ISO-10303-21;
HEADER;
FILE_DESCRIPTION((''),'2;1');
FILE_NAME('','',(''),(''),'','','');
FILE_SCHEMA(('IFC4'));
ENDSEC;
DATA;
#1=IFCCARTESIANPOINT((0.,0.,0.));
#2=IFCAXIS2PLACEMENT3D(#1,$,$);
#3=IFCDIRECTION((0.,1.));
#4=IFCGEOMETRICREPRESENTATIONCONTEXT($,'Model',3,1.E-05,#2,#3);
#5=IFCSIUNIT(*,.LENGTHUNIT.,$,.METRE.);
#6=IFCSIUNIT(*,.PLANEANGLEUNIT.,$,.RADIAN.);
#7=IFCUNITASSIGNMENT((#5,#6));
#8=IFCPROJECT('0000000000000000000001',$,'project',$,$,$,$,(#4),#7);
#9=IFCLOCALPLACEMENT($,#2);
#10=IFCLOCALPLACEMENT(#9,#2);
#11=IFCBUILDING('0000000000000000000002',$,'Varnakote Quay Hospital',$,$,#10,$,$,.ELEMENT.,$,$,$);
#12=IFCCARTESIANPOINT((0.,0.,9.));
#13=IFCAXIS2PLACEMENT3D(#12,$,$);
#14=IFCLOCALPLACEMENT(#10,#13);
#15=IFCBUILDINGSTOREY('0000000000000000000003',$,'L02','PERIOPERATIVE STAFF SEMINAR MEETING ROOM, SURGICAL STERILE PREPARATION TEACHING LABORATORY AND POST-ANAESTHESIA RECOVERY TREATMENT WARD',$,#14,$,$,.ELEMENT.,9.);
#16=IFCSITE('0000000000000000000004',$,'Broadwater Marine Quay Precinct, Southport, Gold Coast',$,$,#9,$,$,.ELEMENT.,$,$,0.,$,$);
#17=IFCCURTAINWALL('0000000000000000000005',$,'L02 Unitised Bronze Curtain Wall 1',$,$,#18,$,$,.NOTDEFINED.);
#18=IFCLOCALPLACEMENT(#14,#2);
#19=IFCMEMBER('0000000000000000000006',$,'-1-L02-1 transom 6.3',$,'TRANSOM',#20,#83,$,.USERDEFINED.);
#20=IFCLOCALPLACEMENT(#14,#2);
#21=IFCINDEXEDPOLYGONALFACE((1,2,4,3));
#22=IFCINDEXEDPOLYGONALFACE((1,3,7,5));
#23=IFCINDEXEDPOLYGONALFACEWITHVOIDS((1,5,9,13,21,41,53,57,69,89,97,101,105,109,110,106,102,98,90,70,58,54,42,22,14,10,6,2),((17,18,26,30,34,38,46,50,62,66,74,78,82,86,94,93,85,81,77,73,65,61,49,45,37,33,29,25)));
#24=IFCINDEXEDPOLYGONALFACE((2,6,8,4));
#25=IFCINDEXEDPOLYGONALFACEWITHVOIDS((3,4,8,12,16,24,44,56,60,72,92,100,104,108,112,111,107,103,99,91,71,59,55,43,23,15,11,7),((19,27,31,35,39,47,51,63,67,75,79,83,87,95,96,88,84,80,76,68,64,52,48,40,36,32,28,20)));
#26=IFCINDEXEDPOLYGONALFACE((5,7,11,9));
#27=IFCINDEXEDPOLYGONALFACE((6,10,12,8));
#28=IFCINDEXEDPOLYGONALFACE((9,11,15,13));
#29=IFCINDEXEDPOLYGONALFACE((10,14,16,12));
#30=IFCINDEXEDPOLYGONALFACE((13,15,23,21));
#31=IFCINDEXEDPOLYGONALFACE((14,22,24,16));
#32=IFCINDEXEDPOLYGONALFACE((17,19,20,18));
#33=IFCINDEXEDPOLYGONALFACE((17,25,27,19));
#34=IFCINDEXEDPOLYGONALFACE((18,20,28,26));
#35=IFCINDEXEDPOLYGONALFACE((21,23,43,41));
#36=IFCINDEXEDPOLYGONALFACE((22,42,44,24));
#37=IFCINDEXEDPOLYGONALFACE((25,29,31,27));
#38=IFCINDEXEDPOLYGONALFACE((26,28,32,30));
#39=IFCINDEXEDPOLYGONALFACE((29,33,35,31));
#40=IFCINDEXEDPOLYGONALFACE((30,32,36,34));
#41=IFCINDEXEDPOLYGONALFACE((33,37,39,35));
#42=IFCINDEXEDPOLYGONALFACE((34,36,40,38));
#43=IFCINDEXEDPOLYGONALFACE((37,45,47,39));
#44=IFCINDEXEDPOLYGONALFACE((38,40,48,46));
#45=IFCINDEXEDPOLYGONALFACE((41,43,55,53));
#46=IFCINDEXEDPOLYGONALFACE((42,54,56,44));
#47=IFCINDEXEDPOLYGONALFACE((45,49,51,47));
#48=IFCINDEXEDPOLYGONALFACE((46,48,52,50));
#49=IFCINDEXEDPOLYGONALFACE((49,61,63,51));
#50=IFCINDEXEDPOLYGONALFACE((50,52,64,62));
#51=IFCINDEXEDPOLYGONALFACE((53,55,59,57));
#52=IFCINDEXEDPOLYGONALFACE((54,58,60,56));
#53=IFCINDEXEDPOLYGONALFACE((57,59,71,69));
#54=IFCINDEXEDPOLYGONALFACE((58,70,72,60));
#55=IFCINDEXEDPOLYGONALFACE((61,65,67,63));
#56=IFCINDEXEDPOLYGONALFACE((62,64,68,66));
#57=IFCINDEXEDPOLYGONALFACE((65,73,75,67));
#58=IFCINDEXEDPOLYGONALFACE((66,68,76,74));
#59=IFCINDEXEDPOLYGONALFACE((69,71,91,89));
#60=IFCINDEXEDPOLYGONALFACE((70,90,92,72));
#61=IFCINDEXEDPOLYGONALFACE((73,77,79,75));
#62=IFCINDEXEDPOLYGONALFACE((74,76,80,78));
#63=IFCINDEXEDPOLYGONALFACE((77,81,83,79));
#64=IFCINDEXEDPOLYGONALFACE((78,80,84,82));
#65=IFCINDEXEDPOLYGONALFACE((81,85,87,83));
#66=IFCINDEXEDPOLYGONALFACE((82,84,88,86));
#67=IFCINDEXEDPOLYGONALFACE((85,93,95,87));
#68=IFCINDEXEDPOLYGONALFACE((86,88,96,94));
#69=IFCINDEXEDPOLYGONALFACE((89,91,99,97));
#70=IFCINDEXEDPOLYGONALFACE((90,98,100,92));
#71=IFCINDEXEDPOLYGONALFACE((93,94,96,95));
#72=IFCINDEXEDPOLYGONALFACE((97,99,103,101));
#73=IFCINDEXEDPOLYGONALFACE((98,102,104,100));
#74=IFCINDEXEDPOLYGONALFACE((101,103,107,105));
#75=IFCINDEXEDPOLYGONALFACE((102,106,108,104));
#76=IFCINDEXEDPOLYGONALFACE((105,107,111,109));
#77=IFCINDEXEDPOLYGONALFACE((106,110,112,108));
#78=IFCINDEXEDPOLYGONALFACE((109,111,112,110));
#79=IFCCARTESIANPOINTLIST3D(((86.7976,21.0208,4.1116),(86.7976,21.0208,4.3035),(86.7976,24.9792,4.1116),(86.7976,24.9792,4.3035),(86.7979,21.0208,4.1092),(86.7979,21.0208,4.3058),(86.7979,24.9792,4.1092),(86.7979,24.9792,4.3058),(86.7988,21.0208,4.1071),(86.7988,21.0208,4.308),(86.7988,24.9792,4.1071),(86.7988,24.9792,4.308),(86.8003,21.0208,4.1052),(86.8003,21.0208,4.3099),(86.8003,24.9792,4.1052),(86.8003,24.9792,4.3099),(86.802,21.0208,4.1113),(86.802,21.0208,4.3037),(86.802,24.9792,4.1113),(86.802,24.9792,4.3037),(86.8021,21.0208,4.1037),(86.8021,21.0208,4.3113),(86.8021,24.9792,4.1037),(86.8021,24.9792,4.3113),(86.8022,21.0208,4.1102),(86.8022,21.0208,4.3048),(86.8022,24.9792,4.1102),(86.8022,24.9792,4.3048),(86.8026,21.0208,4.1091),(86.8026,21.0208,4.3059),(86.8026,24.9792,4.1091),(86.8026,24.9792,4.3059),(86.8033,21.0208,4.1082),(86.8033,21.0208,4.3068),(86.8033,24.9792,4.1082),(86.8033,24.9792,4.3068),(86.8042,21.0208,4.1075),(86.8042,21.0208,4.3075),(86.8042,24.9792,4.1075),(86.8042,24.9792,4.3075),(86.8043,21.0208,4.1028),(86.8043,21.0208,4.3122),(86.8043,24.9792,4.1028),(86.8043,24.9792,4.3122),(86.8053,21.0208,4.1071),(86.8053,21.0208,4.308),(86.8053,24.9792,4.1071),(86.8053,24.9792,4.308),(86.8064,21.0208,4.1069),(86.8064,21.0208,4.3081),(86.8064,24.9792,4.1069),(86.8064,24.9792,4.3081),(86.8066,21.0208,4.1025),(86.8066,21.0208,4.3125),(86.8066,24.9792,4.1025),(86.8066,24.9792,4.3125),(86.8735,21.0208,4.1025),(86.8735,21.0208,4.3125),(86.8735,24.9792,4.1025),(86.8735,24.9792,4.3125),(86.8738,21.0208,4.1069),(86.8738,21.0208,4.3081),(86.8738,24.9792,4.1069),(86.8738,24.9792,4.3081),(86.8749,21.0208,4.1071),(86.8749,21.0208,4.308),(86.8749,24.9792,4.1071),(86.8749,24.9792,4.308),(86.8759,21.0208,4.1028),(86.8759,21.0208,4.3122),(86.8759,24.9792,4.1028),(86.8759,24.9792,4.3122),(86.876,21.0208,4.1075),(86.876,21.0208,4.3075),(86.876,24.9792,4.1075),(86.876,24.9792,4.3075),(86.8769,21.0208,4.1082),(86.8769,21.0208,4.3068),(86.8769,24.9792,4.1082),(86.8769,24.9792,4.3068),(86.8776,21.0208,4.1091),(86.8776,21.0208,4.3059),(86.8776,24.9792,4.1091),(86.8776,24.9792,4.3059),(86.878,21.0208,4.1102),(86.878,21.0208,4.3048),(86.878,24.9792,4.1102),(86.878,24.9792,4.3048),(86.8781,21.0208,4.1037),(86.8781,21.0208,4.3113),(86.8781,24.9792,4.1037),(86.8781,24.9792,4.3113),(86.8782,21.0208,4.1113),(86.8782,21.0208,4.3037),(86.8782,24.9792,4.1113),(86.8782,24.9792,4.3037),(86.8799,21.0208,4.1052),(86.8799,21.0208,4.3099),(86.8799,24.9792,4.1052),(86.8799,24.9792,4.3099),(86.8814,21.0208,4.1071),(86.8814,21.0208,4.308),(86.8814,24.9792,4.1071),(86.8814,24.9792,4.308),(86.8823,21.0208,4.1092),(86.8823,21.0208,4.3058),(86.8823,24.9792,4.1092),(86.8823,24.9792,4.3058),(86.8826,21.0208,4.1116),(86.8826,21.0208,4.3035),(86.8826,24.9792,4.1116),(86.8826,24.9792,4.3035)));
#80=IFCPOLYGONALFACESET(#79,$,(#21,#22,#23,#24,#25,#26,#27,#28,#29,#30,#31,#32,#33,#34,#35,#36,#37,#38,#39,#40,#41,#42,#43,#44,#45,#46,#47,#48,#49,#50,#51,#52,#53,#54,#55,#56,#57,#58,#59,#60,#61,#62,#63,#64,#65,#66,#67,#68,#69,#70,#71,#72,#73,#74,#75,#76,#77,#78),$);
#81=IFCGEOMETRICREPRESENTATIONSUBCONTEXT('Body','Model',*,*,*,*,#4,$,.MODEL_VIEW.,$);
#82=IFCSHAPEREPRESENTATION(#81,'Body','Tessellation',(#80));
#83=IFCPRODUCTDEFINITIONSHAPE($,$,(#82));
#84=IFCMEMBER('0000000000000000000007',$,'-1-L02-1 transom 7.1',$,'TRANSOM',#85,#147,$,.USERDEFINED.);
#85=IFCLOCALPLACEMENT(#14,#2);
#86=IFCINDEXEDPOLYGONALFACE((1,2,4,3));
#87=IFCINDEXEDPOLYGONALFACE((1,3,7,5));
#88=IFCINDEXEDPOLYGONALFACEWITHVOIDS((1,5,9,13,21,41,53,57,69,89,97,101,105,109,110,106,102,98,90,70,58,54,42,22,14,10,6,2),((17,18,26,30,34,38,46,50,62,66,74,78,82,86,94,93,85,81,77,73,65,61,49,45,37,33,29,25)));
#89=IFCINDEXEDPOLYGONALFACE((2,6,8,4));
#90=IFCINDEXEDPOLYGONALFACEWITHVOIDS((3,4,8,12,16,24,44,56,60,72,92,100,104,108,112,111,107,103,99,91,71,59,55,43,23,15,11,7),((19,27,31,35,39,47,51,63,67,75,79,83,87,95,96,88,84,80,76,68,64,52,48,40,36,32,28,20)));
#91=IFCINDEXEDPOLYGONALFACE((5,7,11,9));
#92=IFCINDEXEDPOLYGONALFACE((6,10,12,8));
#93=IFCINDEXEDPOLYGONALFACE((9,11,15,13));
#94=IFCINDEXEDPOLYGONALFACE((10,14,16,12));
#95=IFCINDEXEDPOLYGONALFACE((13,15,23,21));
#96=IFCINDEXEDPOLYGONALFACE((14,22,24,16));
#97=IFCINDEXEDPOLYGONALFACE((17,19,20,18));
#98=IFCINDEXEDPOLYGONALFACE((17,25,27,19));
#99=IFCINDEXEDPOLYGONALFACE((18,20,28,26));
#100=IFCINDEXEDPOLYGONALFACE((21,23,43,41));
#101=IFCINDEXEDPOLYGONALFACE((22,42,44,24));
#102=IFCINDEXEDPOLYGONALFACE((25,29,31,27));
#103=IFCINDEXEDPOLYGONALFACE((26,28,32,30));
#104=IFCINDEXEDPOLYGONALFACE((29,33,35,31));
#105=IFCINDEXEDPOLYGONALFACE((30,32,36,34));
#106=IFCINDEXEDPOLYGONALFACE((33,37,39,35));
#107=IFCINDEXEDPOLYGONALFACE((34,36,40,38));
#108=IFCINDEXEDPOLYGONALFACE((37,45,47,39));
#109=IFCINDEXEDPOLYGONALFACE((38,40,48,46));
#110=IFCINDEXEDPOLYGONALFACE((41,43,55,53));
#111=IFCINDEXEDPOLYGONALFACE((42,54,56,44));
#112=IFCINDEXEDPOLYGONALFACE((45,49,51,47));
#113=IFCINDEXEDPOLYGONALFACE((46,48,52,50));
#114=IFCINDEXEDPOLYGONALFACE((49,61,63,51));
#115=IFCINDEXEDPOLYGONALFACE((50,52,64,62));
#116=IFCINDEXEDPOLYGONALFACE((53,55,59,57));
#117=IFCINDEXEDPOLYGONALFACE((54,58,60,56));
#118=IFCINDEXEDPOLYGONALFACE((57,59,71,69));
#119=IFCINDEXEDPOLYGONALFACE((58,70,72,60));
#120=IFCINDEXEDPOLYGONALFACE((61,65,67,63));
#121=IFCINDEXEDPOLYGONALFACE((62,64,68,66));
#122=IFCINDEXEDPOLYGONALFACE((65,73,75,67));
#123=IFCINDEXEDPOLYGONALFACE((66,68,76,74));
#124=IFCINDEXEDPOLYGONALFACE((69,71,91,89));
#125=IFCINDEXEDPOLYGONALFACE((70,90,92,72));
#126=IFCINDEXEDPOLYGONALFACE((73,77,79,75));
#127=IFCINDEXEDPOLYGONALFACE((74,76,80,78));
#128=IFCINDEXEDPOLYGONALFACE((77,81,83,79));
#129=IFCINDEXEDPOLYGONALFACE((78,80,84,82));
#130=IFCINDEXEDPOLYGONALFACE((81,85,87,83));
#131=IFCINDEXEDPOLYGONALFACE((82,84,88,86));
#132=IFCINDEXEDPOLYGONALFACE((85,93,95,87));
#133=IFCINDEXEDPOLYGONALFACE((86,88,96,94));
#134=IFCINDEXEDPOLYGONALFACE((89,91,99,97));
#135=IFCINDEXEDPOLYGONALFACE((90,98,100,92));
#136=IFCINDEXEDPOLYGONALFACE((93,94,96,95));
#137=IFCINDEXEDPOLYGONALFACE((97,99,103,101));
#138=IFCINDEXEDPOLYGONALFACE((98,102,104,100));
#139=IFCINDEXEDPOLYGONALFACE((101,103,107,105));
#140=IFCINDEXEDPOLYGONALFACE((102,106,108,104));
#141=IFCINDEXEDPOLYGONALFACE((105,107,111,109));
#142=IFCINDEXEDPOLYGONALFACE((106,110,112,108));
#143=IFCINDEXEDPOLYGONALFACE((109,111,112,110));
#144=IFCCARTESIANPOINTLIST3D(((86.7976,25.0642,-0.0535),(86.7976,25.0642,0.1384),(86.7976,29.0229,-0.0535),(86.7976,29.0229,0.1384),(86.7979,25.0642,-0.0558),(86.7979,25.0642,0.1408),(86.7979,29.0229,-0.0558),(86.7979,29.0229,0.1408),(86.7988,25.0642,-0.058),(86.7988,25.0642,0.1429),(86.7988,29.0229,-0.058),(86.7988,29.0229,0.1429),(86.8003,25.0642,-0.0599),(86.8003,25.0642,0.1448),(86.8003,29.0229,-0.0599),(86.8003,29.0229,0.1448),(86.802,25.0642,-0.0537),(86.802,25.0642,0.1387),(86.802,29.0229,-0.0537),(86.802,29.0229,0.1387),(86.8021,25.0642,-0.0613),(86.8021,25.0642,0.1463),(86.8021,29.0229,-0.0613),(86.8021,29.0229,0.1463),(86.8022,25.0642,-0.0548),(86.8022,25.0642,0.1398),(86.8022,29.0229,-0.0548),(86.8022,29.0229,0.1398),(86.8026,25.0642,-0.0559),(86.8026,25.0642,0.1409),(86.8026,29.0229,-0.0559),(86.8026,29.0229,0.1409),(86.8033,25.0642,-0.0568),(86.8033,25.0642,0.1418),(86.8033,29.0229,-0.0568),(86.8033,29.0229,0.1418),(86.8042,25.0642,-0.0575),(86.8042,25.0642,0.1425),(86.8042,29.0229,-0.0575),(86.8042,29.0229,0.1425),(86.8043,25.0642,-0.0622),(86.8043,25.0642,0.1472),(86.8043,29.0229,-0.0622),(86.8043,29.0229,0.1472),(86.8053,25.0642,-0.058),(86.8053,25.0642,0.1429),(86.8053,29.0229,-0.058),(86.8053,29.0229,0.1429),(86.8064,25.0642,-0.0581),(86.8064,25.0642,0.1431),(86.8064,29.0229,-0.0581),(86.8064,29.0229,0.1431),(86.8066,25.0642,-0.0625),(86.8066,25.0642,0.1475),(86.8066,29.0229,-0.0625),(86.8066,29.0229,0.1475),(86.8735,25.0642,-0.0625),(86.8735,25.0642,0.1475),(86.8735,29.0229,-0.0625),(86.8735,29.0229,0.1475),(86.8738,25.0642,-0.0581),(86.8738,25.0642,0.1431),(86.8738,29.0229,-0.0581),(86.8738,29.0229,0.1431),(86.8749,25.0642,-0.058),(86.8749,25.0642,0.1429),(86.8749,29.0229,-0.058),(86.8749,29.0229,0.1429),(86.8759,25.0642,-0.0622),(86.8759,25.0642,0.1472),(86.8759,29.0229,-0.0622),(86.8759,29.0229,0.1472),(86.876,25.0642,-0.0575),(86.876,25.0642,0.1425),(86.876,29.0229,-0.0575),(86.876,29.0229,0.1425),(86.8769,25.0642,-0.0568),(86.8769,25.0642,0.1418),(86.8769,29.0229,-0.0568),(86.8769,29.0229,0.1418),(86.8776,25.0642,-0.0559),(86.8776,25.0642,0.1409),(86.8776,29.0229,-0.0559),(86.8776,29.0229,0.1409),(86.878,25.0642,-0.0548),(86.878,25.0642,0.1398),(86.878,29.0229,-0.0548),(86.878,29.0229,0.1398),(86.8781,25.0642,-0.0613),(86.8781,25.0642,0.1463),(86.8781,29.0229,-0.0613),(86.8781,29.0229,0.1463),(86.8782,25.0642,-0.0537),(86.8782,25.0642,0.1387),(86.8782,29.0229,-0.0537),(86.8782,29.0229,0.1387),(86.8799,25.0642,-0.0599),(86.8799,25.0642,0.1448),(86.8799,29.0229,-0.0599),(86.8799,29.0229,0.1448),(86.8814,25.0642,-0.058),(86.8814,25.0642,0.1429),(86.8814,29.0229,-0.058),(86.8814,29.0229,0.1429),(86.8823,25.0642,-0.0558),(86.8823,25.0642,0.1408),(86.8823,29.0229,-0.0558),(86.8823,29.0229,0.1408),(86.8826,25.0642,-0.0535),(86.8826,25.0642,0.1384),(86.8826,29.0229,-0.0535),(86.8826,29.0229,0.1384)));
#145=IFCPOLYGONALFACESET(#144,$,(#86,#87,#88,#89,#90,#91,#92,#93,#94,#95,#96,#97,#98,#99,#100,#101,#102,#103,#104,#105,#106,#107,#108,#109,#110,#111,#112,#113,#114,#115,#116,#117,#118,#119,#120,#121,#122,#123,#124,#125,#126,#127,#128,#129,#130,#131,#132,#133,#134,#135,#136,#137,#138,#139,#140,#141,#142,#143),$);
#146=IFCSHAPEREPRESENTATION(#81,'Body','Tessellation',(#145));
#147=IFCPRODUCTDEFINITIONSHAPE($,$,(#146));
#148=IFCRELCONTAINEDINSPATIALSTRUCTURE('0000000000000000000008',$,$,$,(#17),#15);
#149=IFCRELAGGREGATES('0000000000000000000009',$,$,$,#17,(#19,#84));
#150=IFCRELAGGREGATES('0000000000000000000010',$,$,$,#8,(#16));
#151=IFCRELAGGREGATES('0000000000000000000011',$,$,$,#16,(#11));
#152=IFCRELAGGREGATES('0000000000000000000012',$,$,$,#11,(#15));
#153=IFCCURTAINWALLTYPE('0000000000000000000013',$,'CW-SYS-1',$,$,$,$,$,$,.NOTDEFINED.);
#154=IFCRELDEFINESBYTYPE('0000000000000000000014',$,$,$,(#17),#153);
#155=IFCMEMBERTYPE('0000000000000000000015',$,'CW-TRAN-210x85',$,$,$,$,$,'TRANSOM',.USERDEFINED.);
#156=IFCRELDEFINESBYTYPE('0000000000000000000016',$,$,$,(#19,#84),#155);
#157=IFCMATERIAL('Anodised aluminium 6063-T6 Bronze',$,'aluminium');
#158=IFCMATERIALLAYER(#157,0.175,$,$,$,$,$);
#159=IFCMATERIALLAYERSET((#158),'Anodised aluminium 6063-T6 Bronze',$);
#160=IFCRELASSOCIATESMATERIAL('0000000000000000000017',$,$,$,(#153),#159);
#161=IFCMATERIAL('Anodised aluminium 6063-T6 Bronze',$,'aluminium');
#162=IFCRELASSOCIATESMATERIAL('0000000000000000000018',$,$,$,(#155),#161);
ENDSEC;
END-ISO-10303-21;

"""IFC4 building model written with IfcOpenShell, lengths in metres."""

from ifc_helpers import new_model, si_unit, direction, frame, origin, origin_2d, place, context, subcontext, project, spatial, hollow_rectangle, extrude, material, layer, layer_set, material_profile, profile_set, type_object, element, aggregate, save


model = new_model("IFC4")

# Units and contexts
model_context = context("Model", 3, precision=1e-05, world=origin(), true_north=direction((0.0, 1.0)))
body_context = subcontext(model_context, "Body", "Model", "MODEL_VIEW")
ifc_project = project(units=[si_unit("LENGTHUNIT", "METRE"), si_unit("PLANEANGLEUNIT", "RADIAN")], contexts=[model_context])

# Site, building, storey
site_placement = place(None, origin())
site = spatial("IfcSite", under=ifc_project, at=site_placement, Name="Broadwater Marine Quay Precinct, Southport, Gold Coast", CompositionType="ELEMENT", RefElevation=0.0)
building_placement = place(site_placement, origin())
building = spatial("IfcBuilding", under=site, at=building_placement, Name="Varnakote Quay Hospital", CompositionType="ELEMENT")
storey_placement = place(building_placement, frame((0.0, 0.0, 9.0)))
storey = spatial("IfcBuildingStorey", under=building, at=storey_placement, Name="L02", Description="PERIOPERATIVE STAFF SEMINAR MEETING ROOM, SURGICAL STERILE PREPARATION TEACHING LABORATORY AND POST-ANAESTHESIA RECOVERY TREATMENT WARD", CompositionType="ELEMENT", Elevation=9.0)

# Curtain wall, members
ifc_material_1 = material(Name="Anodised aluminium 6063-T6 Bronze", Category="aluminium")
ifc_layer_1 = layer(ifc_material_1, 0.175)
ifc_layer_set_1 = layer_set([ifc_layer_1], Name="Anodised aluminium 6063-T6 Bronze")
curtain_wall_type = type_object("IfcCurtainWallType", Name="CW-SYS-1", PredefinedType="NOTDEFINED", material=ifc_layer_set_1)
curtain_wall_placement = place(storey_placement, origin())
curtain_wall = element("IfcCurtainWall", 1, at=curtain_wall_placement, inside=storey, type_object=curtain_wall_type, Name="L02 Unitised Bronze Curtain Wall 1", PredefinedType="NOTDEFINED")
ifc_material_2 = material(Name="Anodised aluminium 6063-T6 Bronze", Category="aluminium")
ifc_material_profile_1 = material_profile(ifc_material_2, hollow_rectangle(XDim=0.085, YDim=0.21, WallThickness=0.0044, InnerFilletRadius=0.0044, OuterFilletRadius=0.009, at=origin_2d()), Name="CW-TRAN-210x85")
ifc_profile_set_1 = profile_set([ifc_material_profile_1], Name="Anodised aluminium 6063-T6 Bronze")
member_type_1 = type_object("IfcMemberType", Name="CW-TRAN-210x85", ElementType="TRANSOM", PredefinedType="USERDEFINED", material=ifc_profile_set_1)
member_1_placement = place(storey_placement, frame((86.8401, 21.0208, 4.2075), z_axis=(0.0, 1.0, 0.0), x_axis=(-1.0, 0.0, 0.0)))
member_1 = element("IfcMember", 2, at=member_1_placement, type_object=member_type_1, Name="-1-L02-1 transom 6.3", ObjectType="TRANSOM", PredefinedType="USERDEFINED", context=body_context, shape_type="SweptSolid", body=[
    extrude(hollow_rectangle(XDim=0.085, YDim=0.21, WallThickness=0.0044, InnerFilletRadius=0.0044, OuterFilletRadius=0.009, at=origin_2d()), origin(), (0.0, 0.0, 1.0), 3.9585),
])
member_2_placement = place(storey_placement, frame((86.8401, 25.0642, 0.0425), z_axis=(0.0, 1.0, 0.0), x_axis=(-1.0, 0.0, 0.0)))
member_2 = element("IfcMember", 3, at=member_2_placement, type_object=member_type_1, Name="-1-L02-1 transom 7.1", ObjectType="TRANSOM", PredefinedType="USERDEFINED", context=body_context, shape_type="SweptSolid", body=[
    extrude(hollow_rectangle(XDim=0.085, YDim=0.21, WallThickness=0.0044, InnerFilletRadius=0.0044, OuterFilletRadius=0.009, at=origin_2d()), origin(), (0.0, 0.0, 1.0), 3.9587),
])
aggregate(curtain_wall, [member_1, member_2])

save(model, "model.ifc")
